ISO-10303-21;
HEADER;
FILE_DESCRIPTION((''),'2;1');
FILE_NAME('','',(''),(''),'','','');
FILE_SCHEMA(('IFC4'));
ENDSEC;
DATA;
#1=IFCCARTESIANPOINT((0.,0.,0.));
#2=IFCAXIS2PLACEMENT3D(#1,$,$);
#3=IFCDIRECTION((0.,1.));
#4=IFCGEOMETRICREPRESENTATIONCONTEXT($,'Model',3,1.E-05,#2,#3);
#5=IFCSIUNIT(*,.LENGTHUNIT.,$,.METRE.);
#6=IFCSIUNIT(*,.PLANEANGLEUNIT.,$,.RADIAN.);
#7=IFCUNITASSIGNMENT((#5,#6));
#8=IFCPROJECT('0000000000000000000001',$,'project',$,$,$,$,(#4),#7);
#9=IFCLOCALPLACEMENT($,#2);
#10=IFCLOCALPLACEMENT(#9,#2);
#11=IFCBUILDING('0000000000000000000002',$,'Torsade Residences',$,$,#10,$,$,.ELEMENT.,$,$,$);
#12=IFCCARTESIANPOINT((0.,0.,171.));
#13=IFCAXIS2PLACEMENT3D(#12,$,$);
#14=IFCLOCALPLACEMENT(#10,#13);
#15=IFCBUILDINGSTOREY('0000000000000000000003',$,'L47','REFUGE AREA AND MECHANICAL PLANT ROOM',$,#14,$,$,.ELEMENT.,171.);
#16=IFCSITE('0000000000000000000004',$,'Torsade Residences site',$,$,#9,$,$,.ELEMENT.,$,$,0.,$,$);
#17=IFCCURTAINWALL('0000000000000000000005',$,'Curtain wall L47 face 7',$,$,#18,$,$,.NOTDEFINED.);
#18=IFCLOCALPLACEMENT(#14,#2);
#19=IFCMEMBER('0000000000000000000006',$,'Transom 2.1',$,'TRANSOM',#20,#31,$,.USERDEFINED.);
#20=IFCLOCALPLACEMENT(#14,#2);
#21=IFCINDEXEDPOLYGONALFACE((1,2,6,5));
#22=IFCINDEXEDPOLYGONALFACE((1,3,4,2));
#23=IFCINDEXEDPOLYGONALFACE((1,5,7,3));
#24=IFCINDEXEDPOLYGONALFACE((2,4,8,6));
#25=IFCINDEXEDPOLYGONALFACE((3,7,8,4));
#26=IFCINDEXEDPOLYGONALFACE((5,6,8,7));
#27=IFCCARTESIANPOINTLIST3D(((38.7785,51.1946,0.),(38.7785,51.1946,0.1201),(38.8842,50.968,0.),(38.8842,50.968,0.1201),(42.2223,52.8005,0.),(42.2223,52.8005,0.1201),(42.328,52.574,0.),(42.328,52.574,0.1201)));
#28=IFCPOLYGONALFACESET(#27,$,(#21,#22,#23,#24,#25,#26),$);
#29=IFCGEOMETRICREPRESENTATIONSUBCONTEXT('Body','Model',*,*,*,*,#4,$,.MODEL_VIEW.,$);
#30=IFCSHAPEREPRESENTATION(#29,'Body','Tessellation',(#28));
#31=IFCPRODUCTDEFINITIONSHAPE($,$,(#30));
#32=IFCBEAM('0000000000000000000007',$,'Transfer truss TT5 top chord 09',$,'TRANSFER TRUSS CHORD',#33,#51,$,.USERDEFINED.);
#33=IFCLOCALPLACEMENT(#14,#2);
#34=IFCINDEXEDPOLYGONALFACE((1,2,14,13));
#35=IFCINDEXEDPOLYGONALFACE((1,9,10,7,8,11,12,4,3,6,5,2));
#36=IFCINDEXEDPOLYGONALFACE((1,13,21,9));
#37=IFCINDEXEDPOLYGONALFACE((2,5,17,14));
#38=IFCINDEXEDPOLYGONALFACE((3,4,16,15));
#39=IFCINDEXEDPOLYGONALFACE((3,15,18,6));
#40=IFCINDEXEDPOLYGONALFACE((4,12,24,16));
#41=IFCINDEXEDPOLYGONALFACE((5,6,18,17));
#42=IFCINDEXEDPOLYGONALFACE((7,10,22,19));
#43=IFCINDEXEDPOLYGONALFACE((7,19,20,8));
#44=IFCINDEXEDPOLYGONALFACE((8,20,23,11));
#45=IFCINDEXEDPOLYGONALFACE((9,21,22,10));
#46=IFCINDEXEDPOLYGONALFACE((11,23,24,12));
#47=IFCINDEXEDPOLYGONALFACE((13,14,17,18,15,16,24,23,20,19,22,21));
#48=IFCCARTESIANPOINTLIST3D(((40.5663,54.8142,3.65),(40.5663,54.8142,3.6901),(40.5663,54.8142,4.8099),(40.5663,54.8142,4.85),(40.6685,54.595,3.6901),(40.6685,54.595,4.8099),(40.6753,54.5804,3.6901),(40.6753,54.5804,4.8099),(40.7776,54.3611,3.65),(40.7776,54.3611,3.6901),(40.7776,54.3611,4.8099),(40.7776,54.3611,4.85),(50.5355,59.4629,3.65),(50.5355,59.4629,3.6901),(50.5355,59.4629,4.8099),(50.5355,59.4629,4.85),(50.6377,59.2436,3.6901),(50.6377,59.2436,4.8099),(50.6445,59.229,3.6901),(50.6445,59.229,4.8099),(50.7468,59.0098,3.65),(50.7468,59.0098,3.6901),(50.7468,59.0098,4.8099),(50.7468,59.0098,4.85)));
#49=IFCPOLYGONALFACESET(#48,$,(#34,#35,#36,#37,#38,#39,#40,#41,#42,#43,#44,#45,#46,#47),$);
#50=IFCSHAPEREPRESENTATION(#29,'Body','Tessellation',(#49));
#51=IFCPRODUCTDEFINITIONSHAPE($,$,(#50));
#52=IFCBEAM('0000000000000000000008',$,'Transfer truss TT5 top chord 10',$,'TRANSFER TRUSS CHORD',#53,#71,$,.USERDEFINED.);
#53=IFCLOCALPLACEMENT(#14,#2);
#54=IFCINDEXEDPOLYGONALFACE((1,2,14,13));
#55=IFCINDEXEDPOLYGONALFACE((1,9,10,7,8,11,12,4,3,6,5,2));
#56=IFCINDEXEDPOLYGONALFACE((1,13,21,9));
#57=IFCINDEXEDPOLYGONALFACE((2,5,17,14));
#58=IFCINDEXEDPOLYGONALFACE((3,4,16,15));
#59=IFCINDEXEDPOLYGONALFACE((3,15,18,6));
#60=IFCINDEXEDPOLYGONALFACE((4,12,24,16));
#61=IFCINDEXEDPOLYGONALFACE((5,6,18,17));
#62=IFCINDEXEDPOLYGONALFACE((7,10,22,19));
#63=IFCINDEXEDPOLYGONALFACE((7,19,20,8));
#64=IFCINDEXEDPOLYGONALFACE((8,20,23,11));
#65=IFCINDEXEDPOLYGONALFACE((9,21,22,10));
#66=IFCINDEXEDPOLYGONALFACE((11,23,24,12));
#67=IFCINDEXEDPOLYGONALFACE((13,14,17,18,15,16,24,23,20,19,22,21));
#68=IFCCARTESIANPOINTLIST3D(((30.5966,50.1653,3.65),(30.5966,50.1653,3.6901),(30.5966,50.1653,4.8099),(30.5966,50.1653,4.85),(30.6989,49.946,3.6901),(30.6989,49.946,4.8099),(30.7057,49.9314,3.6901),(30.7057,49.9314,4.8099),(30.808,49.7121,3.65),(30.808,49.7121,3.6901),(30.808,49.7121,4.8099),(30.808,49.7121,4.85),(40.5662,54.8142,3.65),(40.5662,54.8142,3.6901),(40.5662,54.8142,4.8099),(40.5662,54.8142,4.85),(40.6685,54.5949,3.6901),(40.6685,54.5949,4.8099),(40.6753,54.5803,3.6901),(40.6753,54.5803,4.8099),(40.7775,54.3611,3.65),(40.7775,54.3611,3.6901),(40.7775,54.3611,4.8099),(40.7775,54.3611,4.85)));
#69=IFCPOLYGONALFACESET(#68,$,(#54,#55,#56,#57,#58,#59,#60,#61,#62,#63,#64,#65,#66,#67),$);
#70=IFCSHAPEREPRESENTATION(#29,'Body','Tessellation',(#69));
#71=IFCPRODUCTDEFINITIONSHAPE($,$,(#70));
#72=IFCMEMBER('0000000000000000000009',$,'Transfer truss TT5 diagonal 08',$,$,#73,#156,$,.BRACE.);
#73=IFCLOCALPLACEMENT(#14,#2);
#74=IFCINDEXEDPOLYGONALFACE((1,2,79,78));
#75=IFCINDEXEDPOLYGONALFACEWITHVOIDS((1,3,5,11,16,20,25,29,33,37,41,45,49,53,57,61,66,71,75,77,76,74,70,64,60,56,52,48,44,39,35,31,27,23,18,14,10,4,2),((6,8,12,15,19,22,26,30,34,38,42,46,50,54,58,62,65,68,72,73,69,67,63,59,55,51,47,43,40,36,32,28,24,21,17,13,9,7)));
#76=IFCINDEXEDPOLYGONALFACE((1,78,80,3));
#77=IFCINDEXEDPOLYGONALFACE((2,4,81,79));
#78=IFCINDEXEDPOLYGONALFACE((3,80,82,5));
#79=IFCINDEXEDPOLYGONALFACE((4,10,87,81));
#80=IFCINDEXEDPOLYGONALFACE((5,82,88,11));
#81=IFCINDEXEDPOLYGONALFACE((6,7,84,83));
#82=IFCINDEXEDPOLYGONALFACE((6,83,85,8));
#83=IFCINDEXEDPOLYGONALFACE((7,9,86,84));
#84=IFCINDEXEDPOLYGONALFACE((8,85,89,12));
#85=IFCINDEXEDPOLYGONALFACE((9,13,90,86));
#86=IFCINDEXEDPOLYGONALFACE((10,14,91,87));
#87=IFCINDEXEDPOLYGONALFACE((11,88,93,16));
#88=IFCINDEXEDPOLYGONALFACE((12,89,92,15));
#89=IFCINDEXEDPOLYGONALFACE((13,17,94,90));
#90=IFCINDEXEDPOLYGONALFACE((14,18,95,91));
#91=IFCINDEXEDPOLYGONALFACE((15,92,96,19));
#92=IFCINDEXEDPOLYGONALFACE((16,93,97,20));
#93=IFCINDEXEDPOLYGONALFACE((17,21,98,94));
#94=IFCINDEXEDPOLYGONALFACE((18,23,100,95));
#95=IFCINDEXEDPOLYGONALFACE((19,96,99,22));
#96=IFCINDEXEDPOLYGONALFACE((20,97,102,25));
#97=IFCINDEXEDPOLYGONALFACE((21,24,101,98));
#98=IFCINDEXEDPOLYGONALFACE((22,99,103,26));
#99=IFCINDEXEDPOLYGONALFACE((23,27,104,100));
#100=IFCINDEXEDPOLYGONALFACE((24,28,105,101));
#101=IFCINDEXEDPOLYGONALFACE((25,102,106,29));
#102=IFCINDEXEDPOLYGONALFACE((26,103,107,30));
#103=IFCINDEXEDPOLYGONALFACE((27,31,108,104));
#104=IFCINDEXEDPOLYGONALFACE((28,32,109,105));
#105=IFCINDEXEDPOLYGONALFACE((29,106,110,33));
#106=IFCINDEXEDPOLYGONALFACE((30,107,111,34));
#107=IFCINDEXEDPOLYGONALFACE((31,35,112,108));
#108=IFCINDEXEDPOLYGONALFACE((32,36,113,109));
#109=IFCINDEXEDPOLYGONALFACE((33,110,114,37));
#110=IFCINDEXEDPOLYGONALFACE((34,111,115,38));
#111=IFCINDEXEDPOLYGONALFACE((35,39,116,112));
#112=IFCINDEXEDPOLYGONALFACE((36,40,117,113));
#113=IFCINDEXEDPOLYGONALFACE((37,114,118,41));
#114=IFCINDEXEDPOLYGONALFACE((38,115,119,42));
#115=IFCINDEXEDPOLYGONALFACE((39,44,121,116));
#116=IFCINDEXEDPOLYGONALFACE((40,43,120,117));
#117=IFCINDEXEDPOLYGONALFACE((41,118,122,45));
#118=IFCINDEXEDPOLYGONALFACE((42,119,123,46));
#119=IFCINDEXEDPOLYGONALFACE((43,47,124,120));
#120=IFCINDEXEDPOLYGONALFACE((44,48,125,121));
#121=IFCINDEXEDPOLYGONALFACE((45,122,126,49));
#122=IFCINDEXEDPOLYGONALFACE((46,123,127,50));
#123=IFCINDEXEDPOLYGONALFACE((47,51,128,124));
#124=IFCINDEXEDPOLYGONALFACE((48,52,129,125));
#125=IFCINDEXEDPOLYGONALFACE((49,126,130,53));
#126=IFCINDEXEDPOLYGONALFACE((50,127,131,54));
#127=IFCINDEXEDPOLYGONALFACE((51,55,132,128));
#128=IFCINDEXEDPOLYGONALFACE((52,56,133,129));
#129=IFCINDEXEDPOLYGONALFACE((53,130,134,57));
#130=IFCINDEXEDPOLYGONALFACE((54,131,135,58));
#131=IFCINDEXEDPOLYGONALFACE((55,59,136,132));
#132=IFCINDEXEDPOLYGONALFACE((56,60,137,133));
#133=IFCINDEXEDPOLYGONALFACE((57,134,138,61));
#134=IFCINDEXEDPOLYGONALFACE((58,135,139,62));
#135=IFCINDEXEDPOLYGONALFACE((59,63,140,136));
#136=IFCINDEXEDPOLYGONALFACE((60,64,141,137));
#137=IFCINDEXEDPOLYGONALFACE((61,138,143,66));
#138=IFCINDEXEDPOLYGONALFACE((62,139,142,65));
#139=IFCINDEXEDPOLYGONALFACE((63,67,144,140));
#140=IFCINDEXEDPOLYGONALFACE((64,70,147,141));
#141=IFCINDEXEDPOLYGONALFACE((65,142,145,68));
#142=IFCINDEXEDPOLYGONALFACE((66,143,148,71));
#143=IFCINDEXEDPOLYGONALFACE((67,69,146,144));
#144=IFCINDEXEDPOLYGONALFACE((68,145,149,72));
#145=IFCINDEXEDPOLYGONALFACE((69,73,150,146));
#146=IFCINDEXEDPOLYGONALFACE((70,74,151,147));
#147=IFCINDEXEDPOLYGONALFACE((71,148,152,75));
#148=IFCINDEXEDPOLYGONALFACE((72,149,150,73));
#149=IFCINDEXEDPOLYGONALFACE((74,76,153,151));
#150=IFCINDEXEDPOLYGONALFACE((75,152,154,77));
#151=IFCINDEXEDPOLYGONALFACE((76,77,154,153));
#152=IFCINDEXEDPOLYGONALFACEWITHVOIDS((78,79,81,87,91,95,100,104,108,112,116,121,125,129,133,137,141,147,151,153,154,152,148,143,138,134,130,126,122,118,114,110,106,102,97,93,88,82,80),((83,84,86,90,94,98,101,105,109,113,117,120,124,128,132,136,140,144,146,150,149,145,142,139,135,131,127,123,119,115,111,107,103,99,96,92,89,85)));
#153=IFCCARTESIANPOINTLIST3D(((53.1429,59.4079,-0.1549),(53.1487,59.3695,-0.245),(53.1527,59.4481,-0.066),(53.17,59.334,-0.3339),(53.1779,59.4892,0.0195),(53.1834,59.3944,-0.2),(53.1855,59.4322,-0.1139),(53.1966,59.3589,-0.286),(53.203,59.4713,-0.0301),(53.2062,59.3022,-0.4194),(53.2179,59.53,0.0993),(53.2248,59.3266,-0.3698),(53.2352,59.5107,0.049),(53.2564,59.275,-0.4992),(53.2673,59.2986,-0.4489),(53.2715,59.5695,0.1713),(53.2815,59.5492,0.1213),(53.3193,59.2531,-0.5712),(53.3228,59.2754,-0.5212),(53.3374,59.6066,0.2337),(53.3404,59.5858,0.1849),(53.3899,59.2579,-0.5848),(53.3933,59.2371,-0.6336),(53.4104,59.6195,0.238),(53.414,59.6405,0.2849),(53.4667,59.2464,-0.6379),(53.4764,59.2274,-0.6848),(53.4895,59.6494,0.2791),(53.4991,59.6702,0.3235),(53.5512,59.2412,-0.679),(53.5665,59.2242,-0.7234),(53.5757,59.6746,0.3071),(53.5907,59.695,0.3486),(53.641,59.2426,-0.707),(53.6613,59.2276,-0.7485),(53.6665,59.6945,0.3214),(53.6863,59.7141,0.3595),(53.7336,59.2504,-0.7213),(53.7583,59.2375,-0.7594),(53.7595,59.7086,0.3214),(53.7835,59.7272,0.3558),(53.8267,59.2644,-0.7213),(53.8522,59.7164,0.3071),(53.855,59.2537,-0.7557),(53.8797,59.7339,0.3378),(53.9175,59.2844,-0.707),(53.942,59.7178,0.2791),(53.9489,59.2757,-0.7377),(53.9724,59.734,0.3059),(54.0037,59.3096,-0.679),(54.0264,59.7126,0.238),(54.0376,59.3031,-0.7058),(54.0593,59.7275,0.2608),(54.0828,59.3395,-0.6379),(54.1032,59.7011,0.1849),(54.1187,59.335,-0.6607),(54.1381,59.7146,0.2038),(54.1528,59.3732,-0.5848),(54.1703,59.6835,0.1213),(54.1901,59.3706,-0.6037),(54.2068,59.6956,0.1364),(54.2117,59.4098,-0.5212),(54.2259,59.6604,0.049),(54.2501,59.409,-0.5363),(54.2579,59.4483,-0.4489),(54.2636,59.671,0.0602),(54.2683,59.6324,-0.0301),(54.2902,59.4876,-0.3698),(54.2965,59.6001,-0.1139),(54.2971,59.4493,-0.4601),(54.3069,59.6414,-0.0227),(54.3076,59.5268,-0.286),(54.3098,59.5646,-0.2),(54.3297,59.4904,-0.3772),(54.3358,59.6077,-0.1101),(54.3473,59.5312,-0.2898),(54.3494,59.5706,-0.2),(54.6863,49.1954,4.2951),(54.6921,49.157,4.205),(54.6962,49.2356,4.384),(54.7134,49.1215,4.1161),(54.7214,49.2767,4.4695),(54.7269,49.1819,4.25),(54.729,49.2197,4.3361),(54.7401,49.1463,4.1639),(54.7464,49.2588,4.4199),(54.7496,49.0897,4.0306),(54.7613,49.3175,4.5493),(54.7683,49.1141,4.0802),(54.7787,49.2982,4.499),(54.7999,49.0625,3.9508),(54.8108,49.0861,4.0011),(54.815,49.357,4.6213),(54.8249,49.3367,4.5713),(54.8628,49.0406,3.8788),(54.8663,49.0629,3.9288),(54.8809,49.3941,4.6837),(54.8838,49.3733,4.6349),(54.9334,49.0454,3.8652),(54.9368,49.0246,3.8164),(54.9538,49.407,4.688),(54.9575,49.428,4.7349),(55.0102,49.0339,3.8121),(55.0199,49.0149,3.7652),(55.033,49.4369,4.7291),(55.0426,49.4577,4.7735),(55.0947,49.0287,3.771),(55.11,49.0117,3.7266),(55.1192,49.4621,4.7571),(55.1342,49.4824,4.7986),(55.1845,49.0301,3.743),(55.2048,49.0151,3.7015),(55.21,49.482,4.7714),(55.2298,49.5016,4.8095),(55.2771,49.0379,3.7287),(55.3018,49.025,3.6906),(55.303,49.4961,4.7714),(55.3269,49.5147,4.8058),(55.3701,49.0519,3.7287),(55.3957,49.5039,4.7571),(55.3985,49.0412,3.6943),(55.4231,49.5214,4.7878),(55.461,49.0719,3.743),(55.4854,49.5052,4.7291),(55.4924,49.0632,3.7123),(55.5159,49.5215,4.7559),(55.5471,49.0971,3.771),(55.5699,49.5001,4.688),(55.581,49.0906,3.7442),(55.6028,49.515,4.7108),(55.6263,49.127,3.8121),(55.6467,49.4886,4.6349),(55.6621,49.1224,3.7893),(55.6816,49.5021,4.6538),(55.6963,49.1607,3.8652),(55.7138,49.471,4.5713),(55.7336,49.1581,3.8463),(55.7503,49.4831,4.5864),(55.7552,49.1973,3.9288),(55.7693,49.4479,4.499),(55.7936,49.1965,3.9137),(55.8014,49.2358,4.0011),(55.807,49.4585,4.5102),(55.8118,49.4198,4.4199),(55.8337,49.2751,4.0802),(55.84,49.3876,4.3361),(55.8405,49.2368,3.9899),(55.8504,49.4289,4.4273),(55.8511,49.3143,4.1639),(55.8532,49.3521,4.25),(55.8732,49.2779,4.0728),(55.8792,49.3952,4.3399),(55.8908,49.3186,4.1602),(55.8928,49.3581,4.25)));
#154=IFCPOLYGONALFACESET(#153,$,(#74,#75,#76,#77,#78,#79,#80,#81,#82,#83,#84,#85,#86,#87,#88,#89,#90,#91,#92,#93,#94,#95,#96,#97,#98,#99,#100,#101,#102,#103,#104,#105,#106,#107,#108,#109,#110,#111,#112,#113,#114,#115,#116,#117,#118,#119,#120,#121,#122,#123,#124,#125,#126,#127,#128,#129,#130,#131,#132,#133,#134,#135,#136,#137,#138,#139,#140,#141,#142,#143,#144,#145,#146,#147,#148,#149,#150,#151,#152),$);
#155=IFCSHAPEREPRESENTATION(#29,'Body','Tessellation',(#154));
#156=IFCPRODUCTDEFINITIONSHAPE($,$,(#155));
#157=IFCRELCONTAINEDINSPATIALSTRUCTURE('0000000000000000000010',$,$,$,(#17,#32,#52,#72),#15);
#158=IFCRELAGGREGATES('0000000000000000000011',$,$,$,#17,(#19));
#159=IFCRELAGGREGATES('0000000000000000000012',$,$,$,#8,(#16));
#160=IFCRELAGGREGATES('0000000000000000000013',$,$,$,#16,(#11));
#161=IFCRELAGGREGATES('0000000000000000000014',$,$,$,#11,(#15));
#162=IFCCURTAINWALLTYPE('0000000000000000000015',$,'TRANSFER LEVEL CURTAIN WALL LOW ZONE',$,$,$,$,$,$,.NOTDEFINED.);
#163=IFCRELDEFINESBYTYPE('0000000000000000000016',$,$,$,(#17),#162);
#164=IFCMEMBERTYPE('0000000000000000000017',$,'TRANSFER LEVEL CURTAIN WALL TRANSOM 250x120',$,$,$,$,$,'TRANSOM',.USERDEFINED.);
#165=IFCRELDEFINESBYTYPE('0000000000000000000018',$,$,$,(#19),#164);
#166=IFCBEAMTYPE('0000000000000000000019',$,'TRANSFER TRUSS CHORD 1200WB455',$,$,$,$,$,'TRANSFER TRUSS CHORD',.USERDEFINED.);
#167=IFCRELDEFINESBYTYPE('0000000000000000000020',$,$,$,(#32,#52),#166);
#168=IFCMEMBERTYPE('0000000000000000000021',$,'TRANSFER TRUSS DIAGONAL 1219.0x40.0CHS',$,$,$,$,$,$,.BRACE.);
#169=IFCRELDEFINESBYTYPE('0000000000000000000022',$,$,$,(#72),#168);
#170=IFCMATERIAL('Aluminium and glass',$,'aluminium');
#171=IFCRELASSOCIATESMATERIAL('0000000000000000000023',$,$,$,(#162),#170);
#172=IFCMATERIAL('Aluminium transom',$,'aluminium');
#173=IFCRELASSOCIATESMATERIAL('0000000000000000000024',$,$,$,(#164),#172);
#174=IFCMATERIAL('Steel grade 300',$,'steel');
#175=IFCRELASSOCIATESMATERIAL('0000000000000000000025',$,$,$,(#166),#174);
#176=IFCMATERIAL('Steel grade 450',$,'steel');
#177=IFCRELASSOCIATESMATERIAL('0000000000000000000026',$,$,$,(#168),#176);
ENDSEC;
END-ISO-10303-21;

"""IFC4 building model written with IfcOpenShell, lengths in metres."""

from ifc_helpers import new_model, si_unit, direction, frame, origin, origin_2d, place, context, subcontext, project, spatial, rectangle, hollow_circle, i_section, extrude, material, material_profile, profile_set, type_object, element, aggregate, save


model = new_model("IFC4")

# Units and contexts
model_context = context("Model", 3, precision=1e-05, world=origin(), true_north=direction((0.0, 1.0)))
body_context = subcontext(model_context, "Body", "Model", "MODEL_VIEW")
ifc_project = project(units=[si_unit("LENGTHUNIT", "METRE"), si_unit("PLANEANGLEUNIT", "RADIAN")], contexts=[model_context])

# Site, building, storey
site_placement = place(None, origin())
site = spatial("IfcSite", under=ifc_project, at=site_placement, Name="Torsade Residences site", CompositionType="ELEMENT", RefElevation=0.0)
building_placement = place(site_placement, origin())
building = spatial("IfcBuilding", under=site, at=building_placement, Name="Torsade Residences", CompositionType="ELEMENT")
storey_placement = place(building_placement, frame((0.0, 0.0, 171.0)))
storey = spatial("IfcBuildingStorey", under=building, at=storey_placement, Name="L47", Description="REFUGE AREA AND MECHANICAL PLANT ROOM", CompositionType="ELEMENT", Elevation=171.0)

# Shared definitions
ifc_material_1 = material(Name="Aluminium and glass", Category="aluminium")
curtain_wall_type = type_object("IfcCurtainWallType", Name="TRANSFER LEVEL CURTAIN WALL LOW ZONE", PredefinedType="NOTDEFINED", material=ifc_material_1)

# Curtain wall
curtain_wall_1_placement = place(storey_placement, origin())
curtain_wall_1 = element("IfcCurtainWall", 1, at=curtain_wall_1_placement, inside=storey, type_object=curtain_wall_type, Name="Curtain wall L47 face 7", PredefinedType="NOTDEFINED")

# Member
ifc_material_2 = material(Name="Aluminium transom", Category="aluminium")
ifc_material_profile_1 = material_profile(ifc_material_2, rectangle(XDim=0.25, YDim=0.1201, at=origin_2d()), Name="TRANSFER LEVEL CURTAIN WALL TRANSOM 250x120")
ifc_profile_set_1 = profile_set([ifc_material_profile_1], Name="Aluminium transom")
member_type_1 = type_object("IfcMemberType", Name="TRANSFER LEVEL CURTAIN WALL TRANSOM 250x120", ElementType="TRANSOM", PredefinedType="USERDEFINED", material=ifc_profile_set_1)
member_1_placement = place(storey_placement, frame((42.2751, 52.6873, 0.0601), z_axis=(-0.906301, -0.422632, 0.0), x_axis=(0.422632, -0.906301, 0.0)))
member_1 = element("IfcMember", 2, at=member_1_placement, type_object=member_type_1, Name="Transom 2.1", ObjectType="TRANSOM", PredefinedType="USERDEFINED", context=body_context, shape_type="SweptSolid", body=[
    extrude(rectangle(XDim=0.25, YDim=0.1201, at=origin_2d()), origin(), (0.0, 0.0, 1.0), 3.7998),
])

# Beams
ifc_material_3 = material(Name="Steel grade 300", Category="steel")
ifc_material_profile_2 = material_profile(ifc_material_3, i_section(OverallWidth=0.5, OverallDepth=1.2, WebThickness=0.0161, FlangeThickness=0.04, at=origin_2d()), Name="1200WB455")
ifc_profile_set_2 = profile_set([ifc_material_profile_2], Name="Steel grade 300")
beam_type_1 = type_object("IfcBeamType", Name="TRANSFER TRUSS CHORD 1200WB455", ElementType="TRANSFER TRUSS CHORD", PredefinedType="USERDEFINED", material=ifc_profile_set_2)
beam_1_placement = place(storey_placement, frame((50.6411, 59.2363, 4.25), z_axis=(-0.90631, -0.422614, 0.0), x_axis=(0.422614, -0.90631, 0.0)))
element("IfcBeam", 3, at=beam_1_placement, inside=storey, type_object=beam_type_1, Name="Transfer truss TT5 top chord 09", ObjectType="TRANSFER TRUSS CHORD", PredefinedType="USERDEFINED", context=body_context, shape_type="SweptSolid", body=[
    extrude(i_section(OverallWidth=0.5, OverallDepth=1.2, WebThickness=0.0161, FlangeThickness=0.04, at=origin_2d()), origin(), (0.0, 0.0, 1.0), 10.9998),
])
beam_2_placement = place(storey_placement, frame((40.6719, 54.5876, 4.25), z_axis=(-0.906305, -0.422624, 0.0), x_axis=(0.422624, -0.906305, 0.0)))
element("IfcBeam", 4, at=beam_2_placement, inside=storey, type_object=beam_type_1, Name="Transfer truss TT5 top chord 10", ObjectType="TRANSFER TRUSS CHORD", PredefinedType="USERDEFINED", context=body_context, shape_type="SweptSolid", body=[
    extrude(i_section(OverallWidth=0.5, OverallDepth=1.2, WebThickness=0.0161, FlangeThickness=0.04, at=origin_2d()), origin(), (0.0, 0.0, 1.0), 11.0002),
])

# Member
ifc_material_4 = material(Name="Steel grade 450", Category="steel")
ifc_material_profile_3 = material_profile(ifc_material_4, hollow_circle(Radius=0.6096, WallThickness=0.04, at=origin_2d()), Name="1219.0x40.0CHS")
ifc_profile_set_3 = profile_set([ifc_material_profile_3], Name="Steel grade 450")
member_type_2 = type_object("IfcMemberType", Name="TRANSFER TRUSS DIAGONAL 1219.0x40.0CHS", PredefinedType="BRACE", material=ifc_profile_set_3)
member_2_placement = place(storey_placement, frame((53.7466, 59.4795, -0.2), z_axis=(0.137242, -0.908074, 0.395684), x_axis=(0.988771, 0.149438, 0.0)))
element("IfcMember", 5, at=member_2_placement, inside=storey, type_object=member_type_2, Name="Transfer truss TT5 diagonal 08", PredefinedType="BRACE", context=body_context, shape_type="SweptSolid", body=[
    extrude(hollow_circle(Radius=0.6096, WallThickness=0.04, at=origin_2d()), origin(), (0.0, 0.0, 1.0), 11.2463),
])

aggregate(curtain_wall_1, [member_1])

save(model, "model.ifc")
